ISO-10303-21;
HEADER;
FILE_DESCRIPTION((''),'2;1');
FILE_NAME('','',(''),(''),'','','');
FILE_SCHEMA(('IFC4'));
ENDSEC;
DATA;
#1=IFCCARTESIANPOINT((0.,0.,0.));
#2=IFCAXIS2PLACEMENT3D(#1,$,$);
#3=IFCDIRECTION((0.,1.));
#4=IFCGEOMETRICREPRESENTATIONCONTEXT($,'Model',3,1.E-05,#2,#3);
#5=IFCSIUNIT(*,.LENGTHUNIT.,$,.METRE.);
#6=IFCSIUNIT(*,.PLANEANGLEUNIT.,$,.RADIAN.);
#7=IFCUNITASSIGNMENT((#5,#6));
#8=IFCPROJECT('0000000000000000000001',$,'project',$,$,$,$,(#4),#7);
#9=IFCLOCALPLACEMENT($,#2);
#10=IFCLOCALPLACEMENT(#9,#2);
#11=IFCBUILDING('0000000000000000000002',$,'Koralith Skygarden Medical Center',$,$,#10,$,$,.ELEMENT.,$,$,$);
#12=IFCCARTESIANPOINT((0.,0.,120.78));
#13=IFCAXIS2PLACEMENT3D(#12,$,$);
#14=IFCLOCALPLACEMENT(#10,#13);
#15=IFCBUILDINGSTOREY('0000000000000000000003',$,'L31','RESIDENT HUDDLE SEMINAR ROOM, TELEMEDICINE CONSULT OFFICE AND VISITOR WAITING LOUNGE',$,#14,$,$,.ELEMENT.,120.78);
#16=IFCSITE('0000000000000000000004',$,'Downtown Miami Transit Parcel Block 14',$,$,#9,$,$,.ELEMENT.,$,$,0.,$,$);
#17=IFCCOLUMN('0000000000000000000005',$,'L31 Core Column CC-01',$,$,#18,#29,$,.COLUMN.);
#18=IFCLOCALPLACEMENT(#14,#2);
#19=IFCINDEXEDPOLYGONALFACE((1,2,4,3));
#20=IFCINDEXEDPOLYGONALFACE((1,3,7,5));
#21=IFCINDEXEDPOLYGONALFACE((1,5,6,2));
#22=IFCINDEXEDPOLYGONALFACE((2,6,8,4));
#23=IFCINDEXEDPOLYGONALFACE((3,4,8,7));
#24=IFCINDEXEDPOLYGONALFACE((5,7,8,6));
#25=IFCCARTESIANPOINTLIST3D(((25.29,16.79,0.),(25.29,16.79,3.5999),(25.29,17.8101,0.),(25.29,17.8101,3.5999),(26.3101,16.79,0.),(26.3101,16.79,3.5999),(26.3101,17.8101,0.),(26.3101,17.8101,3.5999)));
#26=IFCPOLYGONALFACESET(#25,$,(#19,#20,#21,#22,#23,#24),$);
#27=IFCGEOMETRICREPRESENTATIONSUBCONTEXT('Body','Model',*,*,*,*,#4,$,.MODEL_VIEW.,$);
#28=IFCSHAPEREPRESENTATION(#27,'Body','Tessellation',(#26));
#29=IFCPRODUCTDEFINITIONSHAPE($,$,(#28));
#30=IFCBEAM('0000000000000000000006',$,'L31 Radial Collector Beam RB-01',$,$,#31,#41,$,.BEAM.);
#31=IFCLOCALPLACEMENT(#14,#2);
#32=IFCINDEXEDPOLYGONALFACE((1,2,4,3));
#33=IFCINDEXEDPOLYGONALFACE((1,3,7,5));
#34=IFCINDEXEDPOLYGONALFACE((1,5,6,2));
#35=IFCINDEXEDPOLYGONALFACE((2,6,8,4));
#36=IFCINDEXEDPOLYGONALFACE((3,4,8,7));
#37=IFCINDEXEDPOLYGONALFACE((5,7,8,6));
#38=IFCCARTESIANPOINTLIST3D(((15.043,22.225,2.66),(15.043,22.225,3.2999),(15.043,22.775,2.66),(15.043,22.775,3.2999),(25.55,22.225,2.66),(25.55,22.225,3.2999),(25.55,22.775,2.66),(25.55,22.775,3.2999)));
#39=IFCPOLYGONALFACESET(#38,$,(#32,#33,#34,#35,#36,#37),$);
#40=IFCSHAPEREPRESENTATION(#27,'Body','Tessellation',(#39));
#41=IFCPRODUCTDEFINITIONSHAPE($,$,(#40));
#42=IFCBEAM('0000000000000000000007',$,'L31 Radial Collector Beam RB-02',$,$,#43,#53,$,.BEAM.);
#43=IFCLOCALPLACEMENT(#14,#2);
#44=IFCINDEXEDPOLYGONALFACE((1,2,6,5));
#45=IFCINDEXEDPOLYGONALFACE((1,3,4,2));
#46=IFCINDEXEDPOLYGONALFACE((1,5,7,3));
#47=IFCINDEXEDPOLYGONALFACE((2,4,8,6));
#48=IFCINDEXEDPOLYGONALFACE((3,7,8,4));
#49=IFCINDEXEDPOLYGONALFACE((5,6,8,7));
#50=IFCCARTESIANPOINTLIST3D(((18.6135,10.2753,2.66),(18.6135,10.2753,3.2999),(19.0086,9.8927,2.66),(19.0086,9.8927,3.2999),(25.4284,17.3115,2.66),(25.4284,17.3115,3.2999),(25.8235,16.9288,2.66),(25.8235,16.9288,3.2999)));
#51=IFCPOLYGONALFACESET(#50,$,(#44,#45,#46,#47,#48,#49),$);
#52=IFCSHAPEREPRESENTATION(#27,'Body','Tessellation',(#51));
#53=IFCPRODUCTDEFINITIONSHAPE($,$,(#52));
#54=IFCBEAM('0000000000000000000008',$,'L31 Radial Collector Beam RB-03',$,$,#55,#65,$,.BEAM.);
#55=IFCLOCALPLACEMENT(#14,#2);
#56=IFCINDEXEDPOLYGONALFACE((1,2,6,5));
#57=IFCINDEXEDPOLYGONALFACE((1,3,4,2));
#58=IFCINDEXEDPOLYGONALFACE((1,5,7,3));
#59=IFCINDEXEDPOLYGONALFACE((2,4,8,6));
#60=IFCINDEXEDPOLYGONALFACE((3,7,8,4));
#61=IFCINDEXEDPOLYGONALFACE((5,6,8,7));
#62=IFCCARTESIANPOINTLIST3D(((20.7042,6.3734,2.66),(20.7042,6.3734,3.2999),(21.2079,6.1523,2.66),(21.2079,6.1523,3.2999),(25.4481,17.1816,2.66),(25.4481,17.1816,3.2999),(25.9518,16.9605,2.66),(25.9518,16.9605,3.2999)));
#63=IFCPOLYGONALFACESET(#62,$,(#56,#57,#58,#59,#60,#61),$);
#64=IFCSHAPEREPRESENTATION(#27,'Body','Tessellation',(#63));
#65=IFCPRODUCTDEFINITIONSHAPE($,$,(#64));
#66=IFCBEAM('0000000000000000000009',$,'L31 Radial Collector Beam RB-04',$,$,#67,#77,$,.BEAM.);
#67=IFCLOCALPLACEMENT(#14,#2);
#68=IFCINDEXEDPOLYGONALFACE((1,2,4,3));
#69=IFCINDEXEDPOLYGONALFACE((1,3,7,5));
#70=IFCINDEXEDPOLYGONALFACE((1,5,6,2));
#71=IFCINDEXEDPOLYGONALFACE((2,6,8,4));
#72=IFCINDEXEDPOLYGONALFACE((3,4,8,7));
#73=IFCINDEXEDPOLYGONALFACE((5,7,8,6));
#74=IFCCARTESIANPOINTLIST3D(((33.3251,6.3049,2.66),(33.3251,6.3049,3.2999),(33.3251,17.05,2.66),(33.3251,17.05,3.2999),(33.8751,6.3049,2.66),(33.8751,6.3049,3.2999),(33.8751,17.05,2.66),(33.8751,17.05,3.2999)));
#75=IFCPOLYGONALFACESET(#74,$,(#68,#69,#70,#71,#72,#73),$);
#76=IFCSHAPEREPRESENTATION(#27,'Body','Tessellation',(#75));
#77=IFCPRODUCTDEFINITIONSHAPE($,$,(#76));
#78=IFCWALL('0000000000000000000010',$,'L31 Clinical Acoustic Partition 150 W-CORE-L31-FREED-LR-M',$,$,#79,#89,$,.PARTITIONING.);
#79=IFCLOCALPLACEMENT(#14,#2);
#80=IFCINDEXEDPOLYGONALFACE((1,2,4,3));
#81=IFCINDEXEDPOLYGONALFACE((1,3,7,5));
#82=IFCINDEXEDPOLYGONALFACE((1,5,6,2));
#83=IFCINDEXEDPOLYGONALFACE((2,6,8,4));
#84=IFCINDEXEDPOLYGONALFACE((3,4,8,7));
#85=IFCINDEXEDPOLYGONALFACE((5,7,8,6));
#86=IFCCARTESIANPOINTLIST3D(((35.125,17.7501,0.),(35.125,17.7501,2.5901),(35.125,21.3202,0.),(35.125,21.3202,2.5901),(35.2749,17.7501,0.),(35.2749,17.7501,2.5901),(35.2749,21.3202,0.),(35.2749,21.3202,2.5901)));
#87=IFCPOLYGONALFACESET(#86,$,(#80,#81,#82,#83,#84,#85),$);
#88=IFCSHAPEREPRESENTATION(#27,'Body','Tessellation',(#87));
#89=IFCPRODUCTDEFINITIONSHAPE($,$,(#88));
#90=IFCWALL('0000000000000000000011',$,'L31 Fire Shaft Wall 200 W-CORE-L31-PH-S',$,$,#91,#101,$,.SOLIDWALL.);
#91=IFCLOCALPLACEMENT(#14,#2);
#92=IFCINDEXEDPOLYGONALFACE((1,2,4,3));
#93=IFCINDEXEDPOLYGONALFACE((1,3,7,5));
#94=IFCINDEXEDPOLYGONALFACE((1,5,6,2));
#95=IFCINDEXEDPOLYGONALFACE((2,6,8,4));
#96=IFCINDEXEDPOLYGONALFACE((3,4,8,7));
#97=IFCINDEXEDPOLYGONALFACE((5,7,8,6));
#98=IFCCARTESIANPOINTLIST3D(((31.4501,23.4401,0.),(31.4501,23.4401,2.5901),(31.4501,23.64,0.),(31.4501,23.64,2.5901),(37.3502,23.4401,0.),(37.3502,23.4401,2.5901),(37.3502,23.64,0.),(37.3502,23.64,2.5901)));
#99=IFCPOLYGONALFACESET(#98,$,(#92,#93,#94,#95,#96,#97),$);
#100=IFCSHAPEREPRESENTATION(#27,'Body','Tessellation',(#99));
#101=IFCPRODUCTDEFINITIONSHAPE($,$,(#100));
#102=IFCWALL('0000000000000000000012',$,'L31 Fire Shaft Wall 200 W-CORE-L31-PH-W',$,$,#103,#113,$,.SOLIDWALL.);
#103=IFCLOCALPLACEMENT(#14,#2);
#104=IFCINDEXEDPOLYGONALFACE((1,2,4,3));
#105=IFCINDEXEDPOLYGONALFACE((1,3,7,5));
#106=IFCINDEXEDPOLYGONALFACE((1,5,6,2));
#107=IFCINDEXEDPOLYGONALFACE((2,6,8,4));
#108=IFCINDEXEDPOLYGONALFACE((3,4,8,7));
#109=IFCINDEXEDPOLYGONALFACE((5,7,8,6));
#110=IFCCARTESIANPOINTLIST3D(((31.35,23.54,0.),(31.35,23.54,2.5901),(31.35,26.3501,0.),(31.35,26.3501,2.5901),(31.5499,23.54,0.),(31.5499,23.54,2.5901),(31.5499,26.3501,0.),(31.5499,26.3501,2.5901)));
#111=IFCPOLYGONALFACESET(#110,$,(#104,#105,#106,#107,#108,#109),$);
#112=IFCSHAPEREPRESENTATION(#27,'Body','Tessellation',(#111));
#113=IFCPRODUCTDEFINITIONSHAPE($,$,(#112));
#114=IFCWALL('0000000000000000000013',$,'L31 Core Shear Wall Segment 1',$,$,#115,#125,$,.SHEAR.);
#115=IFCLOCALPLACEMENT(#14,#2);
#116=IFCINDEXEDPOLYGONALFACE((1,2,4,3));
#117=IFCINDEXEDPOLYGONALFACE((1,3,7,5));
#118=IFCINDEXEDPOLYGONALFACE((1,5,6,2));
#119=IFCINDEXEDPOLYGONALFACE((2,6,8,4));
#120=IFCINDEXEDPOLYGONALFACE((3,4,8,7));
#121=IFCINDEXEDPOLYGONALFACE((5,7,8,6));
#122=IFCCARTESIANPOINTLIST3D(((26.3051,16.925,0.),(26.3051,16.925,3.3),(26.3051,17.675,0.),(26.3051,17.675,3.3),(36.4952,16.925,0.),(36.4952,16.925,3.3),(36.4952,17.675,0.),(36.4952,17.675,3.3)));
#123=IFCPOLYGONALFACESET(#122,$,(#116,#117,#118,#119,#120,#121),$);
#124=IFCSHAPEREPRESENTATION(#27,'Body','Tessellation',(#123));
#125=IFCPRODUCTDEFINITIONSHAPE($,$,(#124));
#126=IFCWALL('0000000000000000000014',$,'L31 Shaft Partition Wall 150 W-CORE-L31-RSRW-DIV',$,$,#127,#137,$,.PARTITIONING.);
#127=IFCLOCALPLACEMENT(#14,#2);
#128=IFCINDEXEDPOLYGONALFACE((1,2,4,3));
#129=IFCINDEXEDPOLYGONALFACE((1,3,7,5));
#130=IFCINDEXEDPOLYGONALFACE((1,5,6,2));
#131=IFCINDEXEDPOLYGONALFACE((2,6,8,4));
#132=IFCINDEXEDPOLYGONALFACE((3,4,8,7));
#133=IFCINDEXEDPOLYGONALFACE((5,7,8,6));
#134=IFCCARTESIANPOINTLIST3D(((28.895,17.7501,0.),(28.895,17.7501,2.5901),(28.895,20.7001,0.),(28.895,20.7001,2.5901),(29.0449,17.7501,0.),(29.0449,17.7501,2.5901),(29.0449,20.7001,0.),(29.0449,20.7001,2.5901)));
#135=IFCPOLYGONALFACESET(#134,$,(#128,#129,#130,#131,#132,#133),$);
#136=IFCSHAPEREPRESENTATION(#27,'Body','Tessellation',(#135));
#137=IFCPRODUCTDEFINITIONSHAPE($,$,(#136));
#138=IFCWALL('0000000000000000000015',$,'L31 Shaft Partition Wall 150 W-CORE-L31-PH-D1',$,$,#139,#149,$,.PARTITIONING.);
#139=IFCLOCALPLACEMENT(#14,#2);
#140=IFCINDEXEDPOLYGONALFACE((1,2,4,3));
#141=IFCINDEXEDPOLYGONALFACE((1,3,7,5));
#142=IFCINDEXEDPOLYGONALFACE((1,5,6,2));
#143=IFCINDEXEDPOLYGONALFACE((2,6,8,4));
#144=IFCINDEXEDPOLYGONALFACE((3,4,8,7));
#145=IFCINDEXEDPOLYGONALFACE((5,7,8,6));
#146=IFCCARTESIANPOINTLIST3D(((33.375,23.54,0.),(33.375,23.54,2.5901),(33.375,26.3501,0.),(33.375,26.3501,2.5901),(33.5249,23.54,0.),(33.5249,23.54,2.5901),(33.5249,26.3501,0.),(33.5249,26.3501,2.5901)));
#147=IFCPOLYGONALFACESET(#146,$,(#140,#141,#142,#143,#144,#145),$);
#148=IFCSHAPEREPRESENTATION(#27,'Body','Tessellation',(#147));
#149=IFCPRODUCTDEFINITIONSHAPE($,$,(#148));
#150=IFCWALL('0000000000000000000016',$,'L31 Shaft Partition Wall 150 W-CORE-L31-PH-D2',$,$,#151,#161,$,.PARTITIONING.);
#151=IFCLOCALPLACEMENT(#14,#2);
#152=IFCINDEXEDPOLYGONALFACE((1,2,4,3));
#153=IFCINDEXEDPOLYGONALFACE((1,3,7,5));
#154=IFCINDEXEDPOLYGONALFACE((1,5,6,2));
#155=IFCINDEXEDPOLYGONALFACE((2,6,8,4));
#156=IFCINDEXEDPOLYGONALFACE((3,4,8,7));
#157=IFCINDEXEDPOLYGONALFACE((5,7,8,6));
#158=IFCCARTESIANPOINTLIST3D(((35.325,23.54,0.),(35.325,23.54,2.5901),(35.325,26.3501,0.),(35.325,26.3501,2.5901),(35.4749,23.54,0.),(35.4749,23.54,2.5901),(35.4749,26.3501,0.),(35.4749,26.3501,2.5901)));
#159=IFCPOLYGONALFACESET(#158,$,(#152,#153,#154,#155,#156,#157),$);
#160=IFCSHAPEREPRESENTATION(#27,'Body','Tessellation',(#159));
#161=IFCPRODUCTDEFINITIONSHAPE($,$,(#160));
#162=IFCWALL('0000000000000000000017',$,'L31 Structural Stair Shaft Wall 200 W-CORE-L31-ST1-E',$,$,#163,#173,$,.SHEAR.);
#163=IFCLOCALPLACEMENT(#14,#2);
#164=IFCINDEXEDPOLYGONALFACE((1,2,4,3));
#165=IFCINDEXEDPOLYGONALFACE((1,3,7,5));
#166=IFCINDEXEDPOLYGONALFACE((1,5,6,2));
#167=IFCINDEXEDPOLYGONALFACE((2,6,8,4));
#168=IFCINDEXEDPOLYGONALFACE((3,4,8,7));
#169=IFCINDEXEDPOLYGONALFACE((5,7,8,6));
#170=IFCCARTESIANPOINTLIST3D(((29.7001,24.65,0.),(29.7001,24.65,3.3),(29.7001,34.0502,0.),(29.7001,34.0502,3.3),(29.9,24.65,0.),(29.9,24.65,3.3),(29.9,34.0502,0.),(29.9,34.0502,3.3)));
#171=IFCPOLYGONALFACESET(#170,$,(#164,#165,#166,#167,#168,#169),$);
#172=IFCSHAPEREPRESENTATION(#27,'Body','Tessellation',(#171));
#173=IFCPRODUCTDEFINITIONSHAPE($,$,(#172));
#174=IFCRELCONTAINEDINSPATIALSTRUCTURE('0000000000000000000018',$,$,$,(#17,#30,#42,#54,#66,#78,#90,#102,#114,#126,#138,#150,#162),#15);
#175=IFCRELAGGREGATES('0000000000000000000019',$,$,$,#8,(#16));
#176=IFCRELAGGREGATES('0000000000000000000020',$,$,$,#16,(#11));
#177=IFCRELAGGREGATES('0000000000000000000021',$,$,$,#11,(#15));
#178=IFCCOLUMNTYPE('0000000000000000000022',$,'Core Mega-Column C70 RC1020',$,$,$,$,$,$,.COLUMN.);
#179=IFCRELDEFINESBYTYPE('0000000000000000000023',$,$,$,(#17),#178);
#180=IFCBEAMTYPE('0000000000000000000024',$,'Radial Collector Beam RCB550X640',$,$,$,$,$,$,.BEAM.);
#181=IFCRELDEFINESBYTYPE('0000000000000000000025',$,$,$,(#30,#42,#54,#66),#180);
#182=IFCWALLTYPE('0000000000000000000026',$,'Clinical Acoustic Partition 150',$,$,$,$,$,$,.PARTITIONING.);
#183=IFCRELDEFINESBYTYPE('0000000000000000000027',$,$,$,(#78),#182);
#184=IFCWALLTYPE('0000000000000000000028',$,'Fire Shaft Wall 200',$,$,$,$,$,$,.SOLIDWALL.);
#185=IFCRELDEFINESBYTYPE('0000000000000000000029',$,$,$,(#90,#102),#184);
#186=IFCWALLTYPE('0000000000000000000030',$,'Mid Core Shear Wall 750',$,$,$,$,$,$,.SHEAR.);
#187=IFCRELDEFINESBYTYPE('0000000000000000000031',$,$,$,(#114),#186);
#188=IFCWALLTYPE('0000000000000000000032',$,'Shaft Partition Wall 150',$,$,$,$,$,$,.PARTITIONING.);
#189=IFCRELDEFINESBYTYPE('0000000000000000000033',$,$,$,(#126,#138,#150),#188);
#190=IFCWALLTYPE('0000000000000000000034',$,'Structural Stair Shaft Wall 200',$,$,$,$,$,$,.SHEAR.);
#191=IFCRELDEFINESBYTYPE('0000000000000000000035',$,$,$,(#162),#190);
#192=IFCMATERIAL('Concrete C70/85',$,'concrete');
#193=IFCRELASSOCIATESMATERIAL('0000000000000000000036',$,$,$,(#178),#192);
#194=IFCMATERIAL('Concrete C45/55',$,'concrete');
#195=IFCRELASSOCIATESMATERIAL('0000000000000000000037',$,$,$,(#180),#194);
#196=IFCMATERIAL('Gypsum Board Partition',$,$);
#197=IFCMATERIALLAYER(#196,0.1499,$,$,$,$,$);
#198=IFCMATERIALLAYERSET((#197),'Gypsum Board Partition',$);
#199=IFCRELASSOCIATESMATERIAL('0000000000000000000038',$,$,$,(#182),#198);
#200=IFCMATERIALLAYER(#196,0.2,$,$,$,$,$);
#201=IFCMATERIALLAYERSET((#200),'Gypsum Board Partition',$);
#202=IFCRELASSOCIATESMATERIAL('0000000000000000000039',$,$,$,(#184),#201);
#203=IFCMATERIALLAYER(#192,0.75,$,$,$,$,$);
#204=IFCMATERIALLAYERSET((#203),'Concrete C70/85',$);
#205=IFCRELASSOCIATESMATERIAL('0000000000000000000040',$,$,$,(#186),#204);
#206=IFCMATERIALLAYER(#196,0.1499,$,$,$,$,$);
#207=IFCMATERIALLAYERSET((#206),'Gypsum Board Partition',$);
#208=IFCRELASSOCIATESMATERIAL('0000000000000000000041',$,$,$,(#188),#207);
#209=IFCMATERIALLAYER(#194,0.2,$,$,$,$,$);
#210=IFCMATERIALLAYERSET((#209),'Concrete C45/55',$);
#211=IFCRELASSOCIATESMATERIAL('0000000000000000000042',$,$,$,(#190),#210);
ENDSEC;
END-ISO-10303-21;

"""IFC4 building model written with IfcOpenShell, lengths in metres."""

from ifc_helpers import new_model, si_unit, direction, frame, frame_2d, origin, origin_2d, place, context, subcontext, project, spatial, rectangle, extrude, material, layer, layer_set, material_profile, profile_set, type_object, element, save


model = new_model("IFC4")

# Units and contexts
model_context = context("Model", 3, precision=1e-05, world=origin(), true_north=direction((0.0, 1.0)))
body_context = subcontext(model_context, "Body", "Model", "MODEL_VIEW")
ifc_project = project(units=[si_unit("LENGTHUNIT", "METRE"), si_unit("PLANEANGLEUNIT", "RADIAN")], contexts=[model_context])

# Site, building, storey
site_placement = place(None, origin())
site = spatial("IfcSite", under=ifc_project, at=site_placement, Name="Downtown Miami Transit Parcel Block 14", CompositionType="ELEMENT", RefElevation=0.0)
building_placement = place(site_placement, origin())
building = spatial("IfcBuilding", under=site, at=building_placement, Name="Koralith Skygarden Medical Center", CompositionType="ELEMENT")
storey_placement = place(building_placement, frame((0.0, 0.0, 120.78)))
storey = spatial("IfcBuildingStorey", under=building, at=storey_placement, Name="L31", Description="RESIDENT HUDDLE SEMINAR ROOM, TELEMEDICINE CONSULT OFFICE AND VISITOR WAITING LOUNGE", CompositionType="ELEMENT", Elevation=120.78)

# Column
ifc_material_1 = material(Name="Concrete C70/85", Category="concrete")
ifc_material_profile_1 = material_profile(ifc_material_1, rectangle(XDim=1.02, YDim=1.02, at=origin_2d()), Name="RC1020X1020")
ifc_profile_set_1 = profile_set([ifc_material_profile_1], Name="Concrete C70/85")
column_type = type_object("IfcColumnType", Name="Core Mega-Column C70 RC1020", PredefinedType="COLUMN", material=ifc_profile_set_1)
column_placement = place(storey_placement, frame((25.8, 17.3, 0.0), z_axis=(0.0, 0.0, 1.0), x_axis=(1.0, 0.0, 0.0)))
element("IfcColumn", 1, at=column_placement, inside=storey, type_object=column_type, Name="L31 Core Column CC-01", PredefinedType="COLUMN", context=body_context, shape_type="SweptSolid", body=[
    extrude(rectangle(XDim=1.02, YDim=1.02, at=origin_2d()), origin(), (0.0, 0.0, 1.0), 3.5999),
])

# Beams
ifc_material_2 = material(Name="Concrete C45/55", Category="concrete")
ifc_material_profile_2 = material_profile(ifc_material_2, rectangle(XDim=0.55, YDim=0.6399, at=origin_2d()), Name="RCB550X640")
ifc_profile_set_2 = profile_set([ifc_material_profile_2], Name="Concrete C45/55")
beam_type = type_object("IfcBeamType", Name="Radial Collector Beam RCB550X640", PredefinedType="BEAM", material=ifc_profile_set_2)
beam_1_placement = place(storey_placement, frame((25.55, 22.5, 2.98), z_axis=(-1.0, 0.0, 0.0), x_axis=(0.0, -1.0, 0.0)))
element("IfcBeam", 2, at=beam_1_placement, inside=storey, type_object=beam_type, Name="L31 Radial Collector Beam RB-01", PredefinedType="BEAM", context=body_context, shape_type="SweptSolid", body=[
    extrude(rectangle(XDim=0.55, YDim=0.6399, at=origin_2d()), origin(), (0.0, 0.0, 1.0), 10.5071),
])
beam_2_placement = place(storey_placement, frame((25.626, 17.1201, 2.98), z_axis=(-0.695726, -0.718307, 0.0), x_axis=(0.718307, -0.695726, 0.0)))
element("IfcBeam", 3, at=beam_2_placement, inside=storey, type_object=beam_type, Name="L31 Radial Collector Beam RB-02", PredefinedType="BEAM", context=body_context, shape_type="SweptSolid", body=[
    extrude(rectangle(XDim=0.55, YDim=0.6399, at=origin_2d()), origin(), (0.0, 0.0, 1.0), 9.7954),
])
beam_3_placement = place(storey_placement, frame((25.7, 17.071, 2.98), z_axis=(-0.40191, -0.915679, 0.0), x_axis=(0.915679, -0.40191, 0.0)))
element("IfcBeam", 4, at=beam_3_placement, inside=storey, type_object=beam_type, Name="L31 Radial Collector Beam RB-03", PredefinedType="BEAM", context=body_context, shape_type="SweptSolid", body=[
    extrude(rectangle(XDim=0.55, YDim=0.6399, at=origin_2d()), origin(), (0.0, 0.0, 1.0), 11.8035),
])
beam_4_placement = place(storey_placement, frame((33.6001, 17.05, 2.98), z_axis=(0.0, -1.0, 0.0), x_axis=(1.0, 0.0, 0.0)))
element("IfcBeam", 5, at=beam_4_placement, inside=storey, type_object=beam_type, Name="L31 Radial Collector Beam RB-04", PredefinedType="BEAM", context=body_context, shape_type="SweptSolid", body=[
    extrude(rectangle(XDim=0.55, YDim=0.6399, at=origin_2d()), origin(), (0.0, 0.0, 1.0), 10.7451),
])

# Shared definitions
ifc_material_3 = material(Name="Gypsum Board Partition")
ifc_layer_1 = layer(ifc_material_3, 0.1499)
ifc_layer_set_1 = layer_set([ifc_layer_1], Name="Gypsum Board Partition")
wall_type_1 = type_object("IfcWallType", Name="Clinical Acoustic Partition 150", PredefinedType="PARTITIONING", material=ifc_layer_set_1)

# Wall
wall_1_placement = place(storey_placement, frame((35.2, 17.75, 0.0), z_axis=(0.0, 0.0, 1.0), x_axis=(0.0, 1.0, 0.0)))
element("IfcWall", 6, at=wall_1_placement, inside=storey, type_object=wall_type_1, Name="L31 Clinical Acoustic Partition 150 W-CORE-L31-FREED-LR-M", PredefinedType="PARTITIONING", context=body_context, shape_type="SweptSolid", body=[
    extrude(rectangle(XDim=3.5701, YDim=0.1499, at=frame_2d((1.7852, 0.0))), origin(), (0.0, 0.0, 1.0), 2.5901),
])

# Shared definitions
ifc_layer_2 = layer(ifc_material_3, 0.2)
ifc_layer_set_2 = layer_set([ifc_layer_2], Name="Gypsum Board Partition")
wall_type_2 = type_object("IfcWallType", Name="Fire Shaft Wall 200", PredefinedType="SOLIDWALL", material=ifc_layer_set_2)

# Walls
wall_2_placement = place(storey_placement, frame((31.45, 23.54, 0.0), z_axis=(0.0, 0.0, 1.0), x_axis=(1.0, 0.0, 0.0)))
element("IfcWall", 7, at=wall_2_placement, inside=storey, type_object=wall_type_2, Name="L31 Fire Shaft Wall 200 W-CORE-L31-PH-S", PredefinedType="SOLIDWALL", context=body_context, shape_type="SweptSolid", body=[
    extrude(rectangle(XDim=5.9001, YDim=0.2, at=frame_2d((2.9502, 0.0))), origin(), (0.0, 0.0, 1.0), 2.5901),
])
wall_3_placement = place(storey_placement, frame((31.45, 23.54, 0.0), z_axis=(0.0, 0.0, 1.0), x_axis=(0.0, 1.0, 0.0)))
element("IfcWall", 8, at=wall_3_placement, inside=storey, type_object=wall_type_2, Name="L31 Fire Shaft Wall 200 W-CORE-L31-PH-W", PredefinedType="SOLIDWALL", context=body_context, shape_type="SweptSolid", body=[
    extrude(rectangle(XDim=2.8101, YDim=0.2, at=frame_2d((1.405, 0.0))), origin(), (0.0, 0.0, 1.0), 2.5901),
])
ifc_layer_3 = layer(ifc_material_1, 0.75)
ifc_layer_set_3 = layer_set([ifc_layer_3], Name="Concrete C70/85")
wall_type_3 = type_object("IfcWallType", Name="Mid Core Shear Wall 750", PredefinedType="SHEAR", material=ifc_layer_set_3)
wall_4_placement = place(storey_placement, frame((26.3049, 17.3, 0.0), z_axis=(0.0, 0.0, 1.0), x_axis=(1.0, 0.0, 0.0)))
element("IfcWall", 9, at=wall_4_placement, inside=storey, type_object=wall_type_3, Name="L31 Core Shear Wall Segment 1", PredefinedType="SHEAR", context=body_context, shape_type="SweptSolid", body=[
    extrude(rectangle(XDim=10.1902, YDim=0.75, at=frame_2d((5.0952, 0.0))), origin(), (0.0, 0.0, 1.0), 3.3),
])
ifc_layer_4 = layer(ifc_material_3, 0.1499)
ifc_layer_set_4 = layer_set([ifc_layer_4], Name="Gypsum Board Partition")
wall_type_4 = type_object("IfcWallType", Name="Shaft Partition Wall 150", PredefinedType="PARTITIONING", material=ifc_layer_set_4)
wall_5_placement = place(storey_placement, frame((28.97, 17.75, 0.0), z_axis=(0.0, 0.0, 1.0), x_axis=(0.0, 1.0, 0.0)))
element("IfcWall", 10, at=wall_5_placement, inside=storey, type_object=wall_type_4, Name="L31 Shaft Partition Wall 150 W-CORE-L31-RSRW-DIV", PredefinedType="PARTITIONING", context=body_context, shape_type="SweptSolid", body=[
    extrude(rectangle(XDim=2.95, YDim=0.1499, at=frame_2d((1.4751, 0.0))), origin(), (0.0, 0.0, 1.0), 2.5901),
])
for number, where, z_axis, x_axis, name in (
    (11, (33.45, 23.54, 0.0), (0.0, 0.0, 1.0), (0.0, 1.0, 0.0), "L31 Shaft Partition Wall 150 W-CORE-L31-PH-D1"),
    (12, (35.3999, 23.54, 0.0), (0.0, 0.0, 1.0), (0.0, 1.0, 0.0), "L31 Shaft Partition Wall 150 W-CORE-L31-PH-D2"),
):
    element("IfcWall", number, at=place(storey_placement, frame(where, z_axis=z_axis, x_axis=x_axis)), inside=storey, type_object=wall_type_4, Name=name, PredefinedType="PARTITIONING", context=body_context, shape_type="SweptSolid", body=[
        extrude(rectangle(XDim=2.8101, YDim=0.1499, at=frame_2d((1.405, 0.0))), origin(), (0.0, 0.0, 1.0), 2.5901),
    ])
ifc_layer_5 = layer(ifc_material_2, 0.2)
ifc_layer_set_5 = layer_set([ifc_layer_5], Name="Concrete C45/55")
wall_type_5 = type_object("IfcWallType", Name="Structural Stair Shaft Wall 200", PredefinedType="SHEAR", material=ifc_layer_set_5)
wall_6_placement = place(storey_placement, frame((29.8, 24.6499, 0.0), z_axis=(0.0, 0.0, 1.0), x_axis=(0.0, 1.0, 0.0)))
element("IfcWall", 13, at=wall_6_placement, inside=storey, type_object=wall_type_5, Name="L31 Structural Stair Shaft Wall 200 W-CORE-L31-ST1-E", PredefinedType="SHEAR", context=body_context, shape_type="SweptSolid", body=[
    extrude(rectangle(XDim=9.4001, YDim=0.2, at=frame_2d((4.7002, 0.0))), origin(), (0.0, 0.0, 1.0), 3.3),
])

save(model, "model.ifc")
